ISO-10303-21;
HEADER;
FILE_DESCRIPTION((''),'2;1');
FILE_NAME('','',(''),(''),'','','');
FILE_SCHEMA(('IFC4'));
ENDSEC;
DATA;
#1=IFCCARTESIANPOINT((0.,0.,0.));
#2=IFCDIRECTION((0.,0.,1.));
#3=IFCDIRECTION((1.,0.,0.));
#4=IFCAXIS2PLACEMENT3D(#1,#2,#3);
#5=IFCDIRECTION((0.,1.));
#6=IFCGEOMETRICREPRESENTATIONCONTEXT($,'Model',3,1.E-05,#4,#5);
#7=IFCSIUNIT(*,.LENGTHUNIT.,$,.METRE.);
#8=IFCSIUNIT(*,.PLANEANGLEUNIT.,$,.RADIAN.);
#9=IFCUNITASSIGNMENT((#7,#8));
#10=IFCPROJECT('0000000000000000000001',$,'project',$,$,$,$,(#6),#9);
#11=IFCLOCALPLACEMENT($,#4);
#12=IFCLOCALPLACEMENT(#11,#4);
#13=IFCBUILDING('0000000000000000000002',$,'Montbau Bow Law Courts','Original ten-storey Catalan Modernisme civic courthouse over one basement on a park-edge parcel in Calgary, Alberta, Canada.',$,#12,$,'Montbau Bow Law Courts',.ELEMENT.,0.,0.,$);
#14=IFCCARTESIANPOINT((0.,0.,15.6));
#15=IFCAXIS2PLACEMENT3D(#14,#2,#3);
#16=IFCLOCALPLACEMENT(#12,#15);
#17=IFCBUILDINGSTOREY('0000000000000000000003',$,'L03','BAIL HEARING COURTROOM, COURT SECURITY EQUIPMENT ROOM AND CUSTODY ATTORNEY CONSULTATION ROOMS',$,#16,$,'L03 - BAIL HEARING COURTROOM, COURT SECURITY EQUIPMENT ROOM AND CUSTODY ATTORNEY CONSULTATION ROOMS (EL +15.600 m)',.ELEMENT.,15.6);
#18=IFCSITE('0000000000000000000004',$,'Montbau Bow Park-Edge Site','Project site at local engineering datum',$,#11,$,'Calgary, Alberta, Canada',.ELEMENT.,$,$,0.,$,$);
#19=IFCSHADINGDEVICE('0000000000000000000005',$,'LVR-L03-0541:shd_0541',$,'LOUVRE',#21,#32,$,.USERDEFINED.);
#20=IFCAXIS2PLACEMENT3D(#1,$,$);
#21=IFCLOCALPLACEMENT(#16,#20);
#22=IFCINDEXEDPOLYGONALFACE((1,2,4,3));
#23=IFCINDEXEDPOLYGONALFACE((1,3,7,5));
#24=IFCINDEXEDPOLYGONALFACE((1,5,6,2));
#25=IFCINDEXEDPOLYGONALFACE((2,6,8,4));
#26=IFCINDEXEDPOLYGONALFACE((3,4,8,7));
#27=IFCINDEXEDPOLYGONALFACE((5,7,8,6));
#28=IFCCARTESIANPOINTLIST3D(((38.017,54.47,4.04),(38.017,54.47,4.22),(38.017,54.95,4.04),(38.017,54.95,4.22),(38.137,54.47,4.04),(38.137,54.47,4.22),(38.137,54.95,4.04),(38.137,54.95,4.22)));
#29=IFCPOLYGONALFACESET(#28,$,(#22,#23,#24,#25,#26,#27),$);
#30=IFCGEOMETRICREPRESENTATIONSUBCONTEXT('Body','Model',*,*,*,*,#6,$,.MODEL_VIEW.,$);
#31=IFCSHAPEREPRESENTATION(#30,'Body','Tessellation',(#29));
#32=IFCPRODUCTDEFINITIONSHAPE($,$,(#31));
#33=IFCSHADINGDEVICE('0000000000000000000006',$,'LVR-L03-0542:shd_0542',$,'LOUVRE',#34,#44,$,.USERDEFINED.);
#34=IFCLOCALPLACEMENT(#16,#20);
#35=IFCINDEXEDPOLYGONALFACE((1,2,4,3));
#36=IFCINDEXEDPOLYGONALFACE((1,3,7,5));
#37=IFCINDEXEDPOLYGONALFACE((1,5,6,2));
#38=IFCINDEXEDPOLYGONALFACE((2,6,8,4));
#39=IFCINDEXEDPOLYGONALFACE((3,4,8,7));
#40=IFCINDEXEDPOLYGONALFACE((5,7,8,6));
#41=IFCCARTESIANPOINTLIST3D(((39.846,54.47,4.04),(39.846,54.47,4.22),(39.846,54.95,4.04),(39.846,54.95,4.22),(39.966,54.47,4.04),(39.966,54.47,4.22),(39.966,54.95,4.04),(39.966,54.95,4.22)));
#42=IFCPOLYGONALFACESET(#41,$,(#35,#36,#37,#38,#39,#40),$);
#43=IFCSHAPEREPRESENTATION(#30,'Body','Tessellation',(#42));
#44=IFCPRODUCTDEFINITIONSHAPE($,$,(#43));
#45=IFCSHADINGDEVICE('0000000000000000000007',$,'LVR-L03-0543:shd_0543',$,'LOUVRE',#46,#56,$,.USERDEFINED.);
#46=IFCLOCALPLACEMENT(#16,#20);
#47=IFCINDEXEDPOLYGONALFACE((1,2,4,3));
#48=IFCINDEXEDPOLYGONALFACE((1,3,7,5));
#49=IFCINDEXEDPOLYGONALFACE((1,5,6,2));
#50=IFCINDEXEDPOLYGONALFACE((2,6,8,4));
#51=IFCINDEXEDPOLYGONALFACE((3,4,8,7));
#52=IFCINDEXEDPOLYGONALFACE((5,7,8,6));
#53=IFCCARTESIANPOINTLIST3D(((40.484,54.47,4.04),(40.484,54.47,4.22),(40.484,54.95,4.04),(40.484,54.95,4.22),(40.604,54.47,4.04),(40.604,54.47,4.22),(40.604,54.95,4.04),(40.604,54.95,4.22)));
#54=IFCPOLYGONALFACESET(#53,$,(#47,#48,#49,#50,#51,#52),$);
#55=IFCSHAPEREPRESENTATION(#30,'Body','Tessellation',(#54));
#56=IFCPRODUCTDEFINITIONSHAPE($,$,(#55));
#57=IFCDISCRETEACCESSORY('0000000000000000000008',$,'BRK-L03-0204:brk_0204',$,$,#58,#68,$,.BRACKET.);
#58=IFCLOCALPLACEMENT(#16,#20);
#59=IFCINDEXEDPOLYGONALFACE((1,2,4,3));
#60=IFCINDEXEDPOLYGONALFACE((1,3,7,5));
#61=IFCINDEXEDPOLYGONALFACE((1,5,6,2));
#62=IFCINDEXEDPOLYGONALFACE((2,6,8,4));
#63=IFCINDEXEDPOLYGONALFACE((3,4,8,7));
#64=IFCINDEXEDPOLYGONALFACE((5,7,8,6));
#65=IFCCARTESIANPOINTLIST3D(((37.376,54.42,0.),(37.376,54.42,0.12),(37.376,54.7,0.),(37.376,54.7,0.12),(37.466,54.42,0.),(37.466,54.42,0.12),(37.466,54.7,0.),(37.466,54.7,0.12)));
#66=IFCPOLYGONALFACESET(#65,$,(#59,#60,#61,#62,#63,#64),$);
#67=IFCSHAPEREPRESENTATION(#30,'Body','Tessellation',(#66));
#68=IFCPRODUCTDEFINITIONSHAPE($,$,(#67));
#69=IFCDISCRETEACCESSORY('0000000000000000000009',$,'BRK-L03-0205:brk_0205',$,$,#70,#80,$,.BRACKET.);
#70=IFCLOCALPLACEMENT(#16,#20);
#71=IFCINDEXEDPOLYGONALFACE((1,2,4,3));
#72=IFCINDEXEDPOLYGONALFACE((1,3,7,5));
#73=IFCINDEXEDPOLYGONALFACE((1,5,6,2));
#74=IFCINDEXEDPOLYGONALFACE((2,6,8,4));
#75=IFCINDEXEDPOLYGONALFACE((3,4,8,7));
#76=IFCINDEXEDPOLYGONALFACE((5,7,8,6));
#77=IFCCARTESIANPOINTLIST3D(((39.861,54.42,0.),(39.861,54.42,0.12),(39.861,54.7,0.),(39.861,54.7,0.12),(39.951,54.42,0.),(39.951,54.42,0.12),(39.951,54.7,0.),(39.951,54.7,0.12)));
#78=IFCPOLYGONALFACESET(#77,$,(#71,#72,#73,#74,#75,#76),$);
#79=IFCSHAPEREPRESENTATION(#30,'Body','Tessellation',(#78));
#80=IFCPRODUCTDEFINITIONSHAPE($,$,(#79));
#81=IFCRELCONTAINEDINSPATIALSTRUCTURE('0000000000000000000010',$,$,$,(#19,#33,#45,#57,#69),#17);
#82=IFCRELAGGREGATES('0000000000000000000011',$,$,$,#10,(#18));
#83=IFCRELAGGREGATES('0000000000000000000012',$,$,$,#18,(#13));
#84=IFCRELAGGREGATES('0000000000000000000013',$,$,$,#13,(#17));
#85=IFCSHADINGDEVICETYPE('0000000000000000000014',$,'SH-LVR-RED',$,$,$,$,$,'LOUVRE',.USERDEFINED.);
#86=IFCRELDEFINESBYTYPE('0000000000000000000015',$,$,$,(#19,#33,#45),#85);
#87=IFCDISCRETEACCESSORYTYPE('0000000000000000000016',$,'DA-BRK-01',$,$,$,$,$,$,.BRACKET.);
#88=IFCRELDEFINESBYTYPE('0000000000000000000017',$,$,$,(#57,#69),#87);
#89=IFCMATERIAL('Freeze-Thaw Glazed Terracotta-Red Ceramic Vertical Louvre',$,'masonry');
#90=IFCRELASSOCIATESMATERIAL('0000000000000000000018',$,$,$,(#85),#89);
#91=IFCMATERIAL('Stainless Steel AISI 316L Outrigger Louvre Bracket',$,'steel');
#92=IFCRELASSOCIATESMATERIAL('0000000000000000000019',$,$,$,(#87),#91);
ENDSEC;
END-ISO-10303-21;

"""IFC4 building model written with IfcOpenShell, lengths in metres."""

from ifc_helpers import new_model, si_unit, direction, frame, origin_with_axes, origin_2d_with_axis, place, context, subcontext, project, spatial, rectangle, extrude, material, type_object, element, save


model = new_model("IFC4")

# Units and contexts
model_context = context("Model", 3, precision=1e-05, world=origin_with_axes(), true_north=direction((0.0, 1.0)))
body_context = subcontext(model_context, "Body", "Model", "MODEL_VIEW")
ifc_project = project(units=[si_unit("LENGTHUNIT", "METRE"), si_unit("PLANEANGLEUNIT", "RADIAN")], contexts=[model_context])

# Site, building, storey
site_placement = place(None, origin_with_axes())
site = spatial("IfcSite", under=ifc_project, at=site_placement, Name="Montbau Bow Park-Edge Site", Description="Project site at local engineering datum", LongName="Calgary, Alberta, Canada", CompositionType="ELEMENT", RefElevation=0.0)
building_placement = place(site_placement, origin_with_axes())
building = spatial("IfcBuilding", under=site, at=building_placement, Name="Montbau Bow Law Courts", Description="Original ten-storey Catalan Modernisme civic courthouse over one basement on a park-edge parcel in Calgary, Alberta, Canada.", LongName="Montbau Bow Law Courts", CompositionType="ELEMENT", ElevationOfRefHeight=0.0, ElevationOfTerrain=0.0)
storey_placement = place(building_placement, frame((0.0, 0.0, 15.6), z_axis=(0.0, 0.0, 1.0), x_axis=(1.0, 0.0, 0.0)))
storey = spatial("IfcBuildingStorey", under=building, at=storey_placement, Name="L03", Description="BAIL HEARING COURTROOM, COURT SECURITY EQUIPMENT ROOM AND CUSTODY ATTORNEY CONSULTATION ROOMS", LongName="L03 - BAIL HEARING COURTROOM, COURT SECURITY EQUIPMENT ROOM AND CUSTODY ATTORNEY CONSULTATION ROOMS (EL +15.600 m)", CompositionType="ELEMENT", Elevation=15.6)

# Shared definitions
ifc_material_1 = material(Name="Freeze-Thaw Glazed Terracotta-Red Ceramic Vertical Louvre", Category="masonry")

# Shading devices
shading_device_type = type_object("IfcShadingDeviceType", Name="SH-LVR-RED", ElementType="LOUVRE", PredefinedType="USERDEFINED", material=ifc_material_1)
for number, where, z_axis, x_axis, name in (
    (1, (38.077, 54.71, 19.64), (0.0, 0.0, 1.0), (0.0, 1.0, 0.0), "LVR-L03-0541:shd_0541"),
    (2, (39.906, 54.71, 19.64), (0.0, 0.0, 1.0), (0.0, 1.0, 0.0), "LVR-L03-0542:shd_0542"),
    (3, (40.544, 54.71, 19.64), (0.0, 0.0, 1.0), (0.0, 1.0, 0.0), "LVR-L03-0543:shd_0543"),
):
    element("IfcShadingDevice", number, at=place(None, frame(where, z_axis=z_axis, x_axis=x_axis)), inside=storey, type_object=shading_device_type, Name=name, ObjectType="LOUVRE", PredefinedType="USERDEFINED", context=body_context, shape_type="SweptSolid", body=[
        extrude(rectangle(XDim=0.48, YDim=0.12, at=origin_2d_with_axis()), origin_with_axes(), (0.0, 0.0, 1.0), 0.18),
    ])

# Discrete accessories
ifc_material_2 = material(Name="Stainless Steel AISI 316L Outrigger Louvre Bracket", Category="steel")
discrete_accessory_type = type_object("IfcDiscreteAccessoryType", Name="DA-BRK-01", PredefinedType="BRACKET", material=ifc_material_2)
for number, where, z_axis, x_axis, name in (
    (4, (37.421, 54.56, 15.6), (0.0, 0.0, 1.0), (0.0, 1.0, 0.0), "BRK-L03-0204:brk_0204"),
    (5, (39.906, 54.56, 15.6), (0.0, 0.0, 1.0), (0.0, 1.0, 0.0), "BRK-L03-0205:brk_0205"),
):
    element("IfcDiscreteAccessory", number, at=place(None, frame(where, z_axis=z_axis, x_axis=x_axis)), inside=storey, type_object=discrete_accessory_type, Name=name, PredefinedType="BRACKET", context=body_context, shape_type="SweptSolid", body=[
        extrude(rectangle(XDim=0.28, YDim=0.09, at=origin_2d_with_axis()), origin_with_axes(), (0.0, 0.0, 1.0), 0.12),
    ])

save(model, "model.ifc")
